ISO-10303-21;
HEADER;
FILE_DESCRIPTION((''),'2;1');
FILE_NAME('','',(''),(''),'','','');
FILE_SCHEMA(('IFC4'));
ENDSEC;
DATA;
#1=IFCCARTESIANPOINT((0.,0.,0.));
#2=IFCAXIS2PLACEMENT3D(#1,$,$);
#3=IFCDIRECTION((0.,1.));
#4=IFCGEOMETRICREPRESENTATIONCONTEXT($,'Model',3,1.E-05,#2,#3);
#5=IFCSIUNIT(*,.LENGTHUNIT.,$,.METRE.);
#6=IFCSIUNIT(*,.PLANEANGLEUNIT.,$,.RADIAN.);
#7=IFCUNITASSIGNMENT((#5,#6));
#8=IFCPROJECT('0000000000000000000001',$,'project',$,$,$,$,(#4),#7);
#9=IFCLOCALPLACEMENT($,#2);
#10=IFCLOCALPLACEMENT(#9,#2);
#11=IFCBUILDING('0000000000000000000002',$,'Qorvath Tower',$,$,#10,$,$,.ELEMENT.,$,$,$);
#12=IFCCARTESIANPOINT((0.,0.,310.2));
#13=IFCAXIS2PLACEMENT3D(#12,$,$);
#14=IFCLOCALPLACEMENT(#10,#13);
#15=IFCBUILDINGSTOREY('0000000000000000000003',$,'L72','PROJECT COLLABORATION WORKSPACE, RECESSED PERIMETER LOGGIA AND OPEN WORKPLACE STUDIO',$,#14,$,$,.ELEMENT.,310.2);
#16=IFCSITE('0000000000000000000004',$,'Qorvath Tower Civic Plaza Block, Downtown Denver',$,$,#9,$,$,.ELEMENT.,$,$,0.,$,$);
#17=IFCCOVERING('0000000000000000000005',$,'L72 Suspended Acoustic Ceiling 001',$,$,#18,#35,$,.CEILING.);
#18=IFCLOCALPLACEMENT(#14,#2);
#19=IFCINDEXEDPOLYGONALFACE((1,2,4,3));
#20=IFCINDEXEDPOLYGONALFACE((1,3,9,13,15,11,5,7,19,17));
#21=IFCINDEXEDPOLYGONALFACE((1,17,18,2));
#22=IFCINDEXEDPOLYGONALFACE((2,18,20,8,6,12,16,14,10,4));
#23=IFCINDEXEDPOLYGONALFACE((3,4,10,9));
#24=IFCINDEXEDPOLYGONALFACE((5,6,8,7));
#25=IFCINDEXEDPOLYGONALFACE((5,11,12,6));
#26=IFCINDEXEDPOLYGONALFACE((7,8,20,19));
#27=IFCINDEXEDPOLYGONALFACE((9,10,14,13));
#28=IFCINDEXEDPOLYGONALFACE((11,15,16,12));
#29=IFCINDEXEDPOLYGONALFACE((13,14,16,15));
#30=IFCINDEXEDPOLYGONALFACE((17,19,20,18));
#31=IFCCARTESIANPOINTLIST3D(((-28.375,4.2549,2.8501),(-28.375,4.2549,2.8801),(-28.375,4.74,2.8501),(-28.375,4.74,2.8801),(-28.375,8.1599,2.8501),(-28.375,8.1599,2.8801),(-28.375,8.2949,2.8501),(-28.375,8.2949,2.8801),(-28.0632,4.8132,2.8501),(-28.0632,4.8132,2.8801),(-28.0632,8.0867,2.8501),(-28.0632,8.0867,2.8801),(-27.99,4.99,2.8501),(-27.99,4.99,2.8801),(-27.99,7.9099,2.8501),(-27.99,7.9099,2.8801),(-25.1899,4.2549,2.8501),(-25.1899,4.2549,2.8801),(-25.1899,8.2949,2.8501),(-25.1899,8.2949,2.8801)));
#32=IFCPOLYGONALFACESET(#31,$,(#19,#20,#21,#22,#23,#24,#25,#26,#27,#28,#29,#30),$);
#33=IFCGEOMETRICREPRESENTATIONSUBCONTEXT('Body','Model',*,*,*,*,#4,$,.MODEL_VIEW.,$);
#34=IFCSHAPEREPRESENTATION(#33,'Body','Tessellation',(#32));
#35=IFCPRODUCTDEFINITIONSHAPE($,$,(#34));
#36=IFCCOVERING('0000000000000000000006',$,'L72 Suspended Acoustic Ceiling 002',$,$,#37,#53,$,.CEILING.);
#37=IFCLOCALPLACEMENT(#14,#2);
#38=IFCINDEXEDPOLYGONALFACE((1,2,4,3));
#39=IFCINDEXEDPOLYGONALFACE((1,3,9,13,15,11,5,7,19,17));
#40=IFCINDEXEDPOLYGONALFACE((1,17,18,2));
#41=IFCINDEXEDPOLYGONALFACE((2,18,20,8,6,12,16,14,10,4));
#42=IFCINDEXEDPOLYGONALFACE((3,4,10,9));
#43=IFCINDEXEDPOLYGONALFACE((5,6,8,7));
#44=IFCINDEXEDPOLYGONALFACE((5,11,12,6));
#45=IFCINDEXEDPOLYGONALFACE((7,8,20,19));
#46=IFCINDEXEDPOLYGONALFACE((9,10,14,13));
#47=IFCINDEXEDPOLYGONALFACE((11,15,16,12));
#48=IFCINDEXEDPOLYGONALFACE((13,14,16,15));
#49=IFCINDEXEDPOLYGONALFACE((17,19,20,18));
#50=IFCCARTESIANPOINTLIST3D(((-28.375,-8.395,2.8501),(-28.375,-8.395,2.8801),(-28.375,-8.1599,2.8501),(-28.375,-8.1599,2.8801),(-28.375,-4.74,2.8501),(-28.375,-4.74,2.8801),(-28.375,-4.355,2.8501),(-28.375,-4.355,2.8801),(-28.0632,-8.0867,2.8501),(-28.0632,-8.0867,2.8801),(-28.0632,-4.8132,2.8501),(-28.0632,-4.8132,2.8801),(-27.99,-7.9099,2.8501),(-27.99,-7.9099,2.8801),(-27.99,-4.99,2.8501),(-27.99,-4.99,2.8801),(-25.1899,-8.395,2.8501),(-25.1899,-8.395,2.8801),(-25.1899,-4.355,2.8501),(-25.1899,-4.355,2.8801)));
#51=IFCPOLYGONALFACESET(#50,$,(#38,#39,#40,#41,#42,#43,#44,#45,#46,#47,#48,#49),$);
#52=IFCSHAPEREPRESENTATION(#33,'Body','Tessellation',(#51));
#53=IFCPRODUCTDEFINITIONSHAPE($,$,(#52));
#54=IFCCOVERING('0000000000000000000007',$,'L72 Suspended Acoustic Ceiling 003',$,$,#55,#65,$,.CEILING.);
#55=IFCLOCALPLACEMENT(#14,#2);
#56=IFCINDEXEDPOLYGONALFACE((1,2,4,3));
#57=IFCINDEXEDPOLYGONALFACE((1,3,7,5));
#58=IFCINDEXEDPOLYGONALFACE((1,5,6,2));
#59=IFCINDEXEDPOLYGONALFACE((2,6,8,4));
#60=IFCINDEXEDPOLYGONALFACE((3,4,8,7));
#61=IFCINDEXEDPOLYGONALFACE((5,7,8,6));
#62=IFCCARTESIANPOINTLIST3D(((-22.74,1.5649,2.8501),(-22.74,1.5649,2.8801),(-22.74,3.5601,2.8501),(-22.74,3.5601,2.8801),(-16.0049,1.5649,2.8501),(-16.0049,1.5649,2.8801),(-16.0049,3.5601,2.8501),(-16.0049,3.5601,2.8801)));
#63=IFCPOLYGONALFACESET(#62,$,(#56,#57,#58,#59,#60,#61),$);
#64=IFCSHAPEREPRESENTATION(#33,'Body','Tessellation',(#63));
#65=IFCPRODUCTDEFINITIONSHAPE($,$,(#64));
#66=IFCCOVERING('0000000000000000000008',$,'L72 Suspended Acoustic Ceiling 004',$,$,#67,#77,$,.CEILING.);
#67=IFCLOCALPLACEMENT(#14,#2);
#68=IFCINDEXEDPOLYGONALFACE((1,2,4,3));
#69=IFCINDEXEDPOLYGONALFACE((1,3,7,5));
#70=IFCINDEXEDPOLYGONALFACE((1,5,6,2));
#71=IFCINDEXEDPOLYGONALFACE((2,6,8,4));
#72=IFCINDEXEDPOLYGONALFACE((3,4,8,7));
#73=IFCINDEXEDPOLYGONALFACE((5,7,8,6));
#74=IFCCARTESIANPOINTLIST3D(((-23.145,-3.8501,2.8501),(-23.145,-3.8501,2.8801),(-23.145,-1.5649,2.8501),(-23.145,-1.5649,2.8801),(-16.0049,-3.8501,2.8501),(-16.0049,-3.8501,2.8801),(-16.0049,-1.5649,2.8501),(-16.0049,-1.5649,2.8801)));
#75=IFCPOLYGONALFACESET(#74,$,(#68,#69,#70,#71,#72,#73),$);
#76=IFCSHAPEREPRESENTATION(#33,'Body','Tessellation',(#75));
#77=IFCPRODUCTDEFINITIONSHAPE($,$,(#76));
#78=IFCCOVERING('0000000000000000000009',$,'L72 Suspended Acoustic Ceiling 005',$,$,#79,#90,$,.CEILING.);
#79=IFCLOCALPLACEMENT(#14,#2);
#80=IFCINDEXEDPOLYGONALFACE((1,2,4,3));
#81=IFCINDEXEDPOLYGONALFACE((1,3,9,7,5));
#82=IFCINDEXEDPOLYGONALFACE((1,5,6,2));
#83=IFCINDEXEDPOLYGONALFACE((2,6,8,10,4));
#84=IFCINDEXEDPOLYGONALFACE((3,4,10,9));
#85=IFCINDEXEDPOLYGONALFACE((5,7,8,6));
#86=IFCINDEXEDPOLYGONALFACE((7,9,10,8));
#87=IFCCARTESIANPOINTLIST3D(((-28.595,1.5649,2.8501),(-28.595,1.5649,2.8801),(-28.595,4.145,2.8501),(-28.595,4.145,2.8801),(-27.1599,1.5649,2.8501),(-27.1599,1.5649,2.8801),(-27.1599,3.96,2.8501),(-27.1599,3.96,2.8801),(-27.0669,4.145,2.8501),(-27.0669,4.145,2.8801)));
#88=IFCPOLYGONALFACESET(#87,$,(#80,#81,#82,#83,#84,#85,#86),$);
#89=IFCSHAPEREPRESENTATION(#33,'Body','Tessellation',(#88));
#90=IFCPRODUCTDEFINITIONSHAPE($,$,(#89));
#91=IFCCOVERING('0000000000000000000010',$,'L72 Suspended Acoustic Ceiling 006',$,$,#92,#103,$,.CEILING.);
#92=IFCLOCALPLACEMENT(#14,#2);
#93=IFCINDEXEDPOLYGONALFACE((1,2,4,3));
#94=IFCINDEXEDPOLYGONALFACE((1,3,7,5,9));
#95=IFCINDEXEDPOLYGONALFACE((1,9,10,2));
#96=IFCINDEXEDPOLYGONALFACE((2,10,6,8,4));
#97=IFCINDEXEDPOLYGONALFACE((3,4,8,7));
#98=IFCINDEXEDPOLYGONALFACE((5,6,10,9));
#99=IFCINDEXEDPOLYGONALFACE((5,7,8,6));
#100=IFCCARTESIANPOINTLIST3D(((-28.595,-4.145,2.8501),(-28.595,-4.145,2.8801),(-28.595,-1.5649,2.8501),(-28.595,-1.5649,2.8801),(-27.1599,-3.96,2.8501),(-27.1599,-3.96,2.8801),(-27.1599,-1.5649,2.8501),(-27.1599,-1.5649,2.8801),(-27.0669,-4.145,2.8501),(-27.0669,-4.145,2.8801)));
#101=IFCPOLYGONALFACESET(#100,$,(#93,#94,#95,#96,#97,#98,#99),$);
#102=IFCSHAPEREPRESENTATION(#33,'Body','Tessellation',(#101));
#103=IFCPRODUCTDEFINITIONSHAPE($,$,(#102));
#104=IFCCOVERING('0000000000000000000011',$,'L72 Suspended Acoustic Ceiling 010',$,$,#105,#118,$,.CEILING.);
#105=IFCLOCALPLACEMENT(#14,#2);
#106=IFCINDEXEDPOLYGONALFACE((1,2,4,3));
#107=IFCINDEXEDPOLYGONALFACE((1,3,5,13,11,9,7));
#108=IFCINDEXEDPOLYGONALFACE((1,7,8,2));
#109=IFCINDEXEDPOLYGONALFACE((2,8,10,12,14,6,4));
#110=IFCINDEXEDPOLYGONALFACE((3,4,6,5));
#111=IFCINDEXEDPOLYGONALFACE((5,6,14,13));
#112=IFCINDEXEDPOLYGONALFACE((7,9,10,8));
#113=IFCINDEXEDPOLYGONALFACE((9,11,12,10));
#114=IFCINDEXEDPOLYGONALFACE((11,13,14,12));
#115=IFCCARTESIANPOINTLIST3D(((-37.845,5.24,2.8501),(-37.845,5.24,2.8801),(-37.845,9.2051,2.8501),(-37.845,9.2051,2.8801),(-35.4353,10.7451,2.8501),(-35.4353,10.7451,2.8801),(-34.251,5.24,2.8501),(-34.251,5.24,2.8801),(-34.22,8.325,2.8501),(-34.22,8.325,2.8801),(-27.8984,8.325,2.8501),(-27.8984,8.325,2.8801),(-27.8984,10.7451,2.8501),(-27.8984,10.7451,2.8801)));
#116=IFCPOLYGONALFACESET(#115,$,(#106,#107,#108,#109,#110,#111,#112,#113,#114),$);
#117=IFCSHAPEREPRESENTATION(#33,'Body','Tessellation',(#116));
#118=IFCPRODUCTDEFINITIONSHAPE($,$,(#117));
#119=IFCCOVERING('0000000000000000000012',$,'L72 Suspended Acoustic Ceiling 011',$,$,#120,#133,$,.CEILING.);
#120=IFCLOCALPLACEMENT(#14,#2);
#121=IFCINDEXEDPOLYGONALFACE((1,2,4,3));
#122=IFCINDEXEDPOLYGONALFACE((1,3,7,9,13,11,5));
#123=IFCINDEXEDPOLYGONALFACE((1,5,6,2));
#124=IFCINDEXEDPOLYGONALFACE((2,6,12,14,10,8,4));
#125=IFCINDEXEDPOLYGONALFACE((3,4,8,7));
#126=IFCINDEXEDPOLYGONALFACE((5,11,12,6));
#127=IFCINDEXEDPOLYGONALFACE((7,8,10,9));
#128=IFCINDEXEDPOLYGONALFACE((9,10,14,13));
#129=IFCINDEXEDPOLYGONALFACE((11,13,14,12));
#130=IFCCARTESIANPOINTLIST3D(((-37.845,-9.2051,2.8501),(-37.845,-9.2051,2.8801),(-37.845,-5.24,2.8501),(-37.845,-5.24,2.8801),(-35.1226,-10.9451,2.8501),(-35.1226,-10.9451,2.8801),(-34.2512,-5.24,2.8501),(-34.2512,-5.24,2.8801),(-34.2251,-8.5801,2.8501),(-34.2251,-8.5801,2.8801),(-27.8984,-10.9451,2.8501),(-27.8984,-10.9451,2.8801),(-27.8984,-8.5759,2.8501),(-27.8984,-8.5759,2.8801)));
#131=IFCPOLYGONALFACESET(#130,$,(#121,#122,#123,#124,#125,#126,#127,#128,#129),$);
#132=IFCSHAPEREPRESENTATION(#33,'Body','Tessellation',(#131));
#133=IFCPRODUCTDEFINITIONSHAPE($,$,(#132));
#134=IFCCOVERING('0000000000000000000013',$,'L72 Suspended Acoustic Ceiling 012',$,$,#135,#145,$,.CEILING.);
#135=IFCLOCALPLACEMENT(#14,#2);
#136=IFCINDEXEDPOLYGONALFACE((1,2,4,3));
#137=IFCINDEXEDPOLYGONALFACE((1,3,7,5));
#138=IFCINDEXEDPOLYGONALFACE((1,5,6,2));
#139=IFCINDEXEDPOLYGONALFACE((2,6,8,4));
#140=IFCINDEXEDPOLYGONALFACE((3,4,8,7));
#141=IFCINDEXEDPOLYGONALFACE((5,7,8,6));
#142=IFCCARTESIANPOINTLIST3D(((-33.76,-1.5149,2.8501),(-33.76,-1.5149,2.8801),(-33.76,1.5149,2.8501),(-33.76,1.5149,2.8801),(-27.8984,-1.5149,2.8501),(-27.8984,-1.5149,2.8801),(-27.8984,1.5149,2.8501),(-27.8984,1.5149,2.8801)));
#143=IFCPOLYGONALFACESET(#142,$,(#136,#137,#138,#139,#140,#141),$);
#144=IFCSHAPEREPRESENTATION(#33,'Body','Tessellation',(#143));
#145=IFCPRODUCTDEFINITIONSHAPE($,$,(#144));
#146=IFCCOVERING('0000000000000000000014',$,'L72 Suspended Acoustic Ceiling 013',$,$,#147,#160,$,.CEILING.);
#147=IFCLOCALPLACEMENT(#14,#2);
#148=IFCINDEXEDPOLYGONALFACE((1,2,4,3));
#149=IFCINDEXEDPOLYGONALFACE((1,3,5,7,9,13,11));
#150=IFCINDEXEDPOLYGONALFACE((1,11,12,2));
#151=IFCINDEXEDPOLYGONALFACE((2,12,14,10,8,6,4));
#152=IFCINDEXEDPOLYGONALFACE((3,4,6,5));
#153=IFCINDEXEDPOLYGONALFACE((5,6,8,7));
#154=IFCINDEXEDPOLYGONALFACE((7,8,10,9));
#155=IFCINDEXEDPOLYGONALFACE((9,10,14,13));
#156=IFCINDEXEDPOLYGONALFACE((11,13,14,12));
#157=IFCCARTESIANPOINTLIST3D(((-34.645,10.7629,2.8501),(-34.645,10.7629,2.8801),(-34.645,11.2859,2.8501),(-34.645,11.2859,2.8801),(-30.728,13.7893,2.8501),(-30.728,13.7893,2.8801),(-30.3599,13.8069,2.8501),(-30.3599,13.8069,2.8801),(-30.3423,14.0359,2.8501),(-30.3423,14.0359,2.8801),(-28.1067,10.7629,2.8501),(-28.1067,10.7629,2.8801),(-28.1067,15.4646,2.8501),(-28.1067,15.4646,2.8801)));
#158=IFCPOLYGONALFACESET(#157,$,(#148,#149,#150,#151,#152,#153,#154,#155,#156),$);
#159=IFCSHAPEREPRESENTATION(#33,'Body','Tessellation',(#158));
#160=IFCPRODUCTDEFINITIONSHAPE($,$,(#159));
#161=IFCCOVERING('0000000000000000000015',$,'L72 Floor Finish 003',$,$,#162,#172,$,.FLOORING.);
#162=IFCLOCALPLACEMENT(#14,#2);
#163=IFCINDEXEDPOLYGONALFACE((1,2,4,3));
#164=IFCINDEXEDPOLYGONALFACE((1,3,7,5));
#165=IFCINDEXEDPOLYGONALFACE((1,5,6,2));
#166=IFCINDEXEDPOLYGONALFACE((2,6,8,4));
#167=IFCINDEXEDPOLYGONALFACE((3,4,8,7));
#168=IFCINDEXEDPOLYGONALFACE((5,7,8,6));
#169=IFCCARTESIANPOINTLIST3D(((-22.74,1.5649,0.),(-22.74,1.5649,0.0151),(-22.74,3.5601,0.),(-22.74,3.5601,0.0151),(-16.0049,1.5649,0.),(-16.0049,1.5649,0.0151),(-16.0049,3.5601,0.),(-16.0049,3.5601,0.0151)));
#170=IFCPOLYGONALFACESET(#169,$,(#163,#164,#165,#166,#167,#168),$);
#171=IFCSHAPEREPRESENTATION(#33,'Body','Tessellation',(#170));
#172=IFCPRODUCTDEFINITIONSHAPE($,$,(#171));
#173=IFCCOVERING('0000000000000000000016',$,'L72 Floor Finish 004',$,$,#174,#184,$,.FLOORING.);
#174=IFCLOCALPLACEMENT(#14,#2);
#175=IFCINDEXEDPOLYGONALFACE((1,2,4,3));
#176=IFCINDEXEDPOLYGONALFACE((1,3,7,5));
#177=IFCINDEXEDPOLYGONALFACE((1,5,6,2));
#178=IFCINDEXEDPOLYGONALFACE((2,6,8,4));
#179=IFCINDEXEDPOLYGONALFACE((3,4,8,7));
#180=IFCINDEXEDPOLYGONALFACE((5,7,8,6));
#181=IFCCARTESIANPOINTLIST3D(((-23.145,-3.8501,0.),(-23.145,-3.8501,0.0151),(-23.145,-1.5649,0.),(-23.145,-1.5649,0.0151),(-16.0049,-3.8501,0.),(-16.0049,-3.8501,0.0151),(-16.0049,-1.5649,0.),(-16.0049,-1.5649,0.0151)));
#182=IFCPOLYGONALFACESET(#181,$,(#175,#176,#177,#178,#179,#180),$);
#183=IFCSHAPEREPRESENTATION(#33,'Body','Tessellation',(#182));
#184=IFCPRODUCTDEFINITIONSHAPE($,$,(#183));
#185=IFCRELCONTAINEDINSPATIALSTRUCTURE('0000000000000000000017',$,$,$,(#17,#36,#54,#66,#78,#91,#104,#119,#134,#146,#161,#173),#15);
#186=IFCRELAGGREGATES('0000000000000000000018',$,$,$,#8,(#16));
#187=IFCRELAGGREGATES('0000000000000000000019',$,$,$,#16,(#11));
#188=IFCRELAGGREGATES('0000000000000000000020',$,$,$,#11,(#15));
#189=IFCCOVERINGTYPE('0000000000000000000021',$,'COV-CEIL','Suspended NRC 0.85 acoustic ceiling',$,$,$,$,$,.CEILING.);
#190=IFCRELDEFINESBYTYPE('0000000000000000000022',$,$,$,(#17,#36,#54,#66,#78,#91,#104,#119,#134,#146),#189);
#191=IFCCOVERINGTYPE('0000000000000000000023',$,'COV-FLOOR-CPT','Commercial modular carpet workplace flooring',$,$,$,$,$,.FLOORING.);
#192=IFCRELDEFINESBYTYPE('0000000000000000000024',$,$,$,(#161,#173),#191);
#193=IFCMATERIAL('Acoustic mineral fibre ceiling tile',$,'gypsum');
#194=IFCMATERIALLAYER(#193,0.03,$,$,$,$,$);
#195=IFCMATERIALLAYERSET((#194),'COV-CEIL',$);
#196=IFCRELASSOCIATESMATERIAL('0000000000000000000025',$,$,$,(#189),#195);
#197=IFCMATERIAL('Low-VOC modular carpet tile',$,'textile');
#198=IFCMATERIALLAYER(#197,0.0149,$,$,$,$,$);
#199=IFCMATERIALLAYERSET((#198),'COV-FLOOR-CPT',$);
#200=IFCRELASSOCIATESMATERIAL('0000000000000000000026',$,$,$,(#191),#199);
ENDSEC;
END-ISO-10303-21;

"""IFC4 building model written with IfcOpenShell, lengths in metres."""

from ifc_helpers import new_model, si_unit, direction, frame, origin, place, context, subcontext, project, spatial, polyline, outline, extrude, material, layer, layer_set, type_object, element, save


model = new_model("IFC4")

# Units and contexts
model_context = context("Model", 3, precision=1e-05, world=origin(), true_north=direction((0.0, 1.0)))
body_context = subcontext(model_context, "Body", "Model", "MODEL_VIEW")
ifc_project = project(units=[si_unit("LENGTHUNIT", "METRE"), si_unit("PLANEANGLEUNIT", "RADIAN")], contexts=[model_context])

# Site, building, storey
site_placement = place(None, origin())
site = spatial("IfcSite", under=ifc_project, at=site_placement, Name="Qorvath Tower Civic Plaza Block, Downtown Denver", CompositionType="ELEMENT", RefElevation=0.0)
building_placement = place(site_placement, origin())
building = spatial("IfcBuilding", under=site, at=building_placement, Name="Qorvath Tower", CompositionType="ELEMENT")
storey_placement = place(building_placement, frame((0.0, 0.0, 310.2)))
storey = spatial("IfcBuildingStorey", under=building, at=storey_placement, Name="L72", Description="PROJECT COLLABORATION WORKSPACE, RECESSED PERIMETER LOGGIA AND OPEN WORKPLACE STUDIO", CompositionType="ELEMENT", Elevation=310.2)

# Coverings
ifc_material_1 = material(Name="Acoustic mineral fibre ceiling tile", Category="gypsum")
ifc_layer_1 = layer(ifc_material_1, 0.03)
ifc_layer_set_1 = layer_set([ifc_layer_1], Name="COV-CEIL")
covering_type_1 = type_object("IfcCoveringType", Name="COV-CEIL", Description="Suspended NRC 0.85 acoustic ceiling", PredefinedType="CEILING", material=ifc_layer_set_1)
covering_1_placement = place(storey_placement, frame((0.0, 0.0, 2.8501)))
element("IfcCovering", 1, at=covering_1_placement, inside=storey, type_object=covering_type_1, Name="L72 Suspended Acoustic Ceiling 001", PredefinedType="CEILING", context=body_context, shape_type="SweptSolid", body=[
    extrude(outline(polyline([(-25.1899, 4.2549), (-25.1899, 8.2949), (-28.375, 8.2949), (-28.375, 8.1599), (-28.0632, 8.0867), (-27.99, 7.9099), (-27.99, 4.99), (-28.0632, 4.8132), (-28.375, 4.74), (-28.375, 4.2549), (-25.1899, 4.2549)])), origin(), (0.0, 0.0, 1.0), 0.03),
])
covering_2_placement = place(storey_placement, frame((0.0, 0.0, 2.8501)))
element("IfcCovering", 2, at=covering_2_placement, inside=storey, type_object=covering_type_1, Name="L72 Suspended Acoustic Ceiling 002", PredefinedType="CEILING", context=body_context, shape_type="SweptSolid", body=[
    extrude(outline(polyline([(-25.1899, -8.395), (-25.1899, -4.355), (-28.375, -4.355), (-28.375, -4.74), (-28.0632, -4.8132), (-27.99, -4.99), (-27.99, -7.9099), (-28.0632, -8.0867), (-28.375, -8.1599), (-28.375, -8.395), (-25.1899, -8.395)])), origin(), (0.0, 0.0, 1.0), 0.03),
])
covering_3_placement = place(storey_placement, frame((0.0, 0.0, 2.8501)))
element("IfcCovering", 3, at=covering_3_placement, inside=storey, type_object=covering_type_1, Name="L72 Suspended Acoustic Ceiling 003", PredefinedType="CEILING", context=body_context, shape_type="SweptSolid", body=[
    extrude(outline(polyline([(-16.0049, 3.5601), (-22.74, 3.5601), (-22.74, 1.5649), (-16.0049, 1.5649), (-16.0049, 3.5601)])), origin(), (0.0, 0.0, 1.0), 0.03),
])
covering_4_placement = place(storey_placement, frame((0.0, 0.0, 2.8501)))
element("IfcCovering", 4, at=covering_4_placement, inside=storey, type_object=covering_type_1, Name="L72 Suspended Acoustic Ceiling 004", PredefinedType="CEILING", context=body_context, shape_type="SweptSolid", body=[
    extrude(outline(polyline([(-23.145, -3.8501), (-16.0049, -3.8501), (-16.0049, -1.5649), (-23.145, -1.5649), (-23.145, -3.8501)])), origin(), (0.0, 0.0, 1.0), 0.03),
])
covering_5_placement = place(storey_placement, frame((0.0, 0.0, 2.8501)))
element("IfcCovering", 5, at=covering_5_placement, inside=storey, type_object=covering_type_1, Name="L72 Suspended Acoustic Ceiling 005", PredefinedType="CEILING", context=body_context, shape_type="SweptSolid", body=[
    extrude(outline(polyline([(-27.1599, 1.5649), (-27.1599, 3.96), (-27.0669, 4.145), (-28.595, 4.145), (-28.595, 1.5649), (-27.1599, 1.5649)])), origin(), (0.0, 0.0, 1.0), 0.03),
])
covering_6_placement = place(storey_placement, frame((0.0, 0.0, 2.8501)))
element("IfcCovering", 6, at=covering_6_placement, inside=storey, type_object=covering_type_1, Name="L72 Suspended Acoustic Ceiling 006", PredefinedType="CEILING", context=body_context, shape_type="SweptSolid", body=[
    extrude(outline(polyline([(-27.0669, -4.145), (-27.1599, -3.96), (-27.1599, -1.5649), (-28.595, -1.5649), (-28.595, -4.145), (-27.0669, -4.145)])), origin(), (0.0, 0.0, 1.0), 0.03),
])
covering_7_placement = place(storey_placement, frame((0.0, 0.0, 2.8501)))
element("IfcCovering", 7, at=covering_7_placement, inside=storey, type_object=covering_type_1, Name="L72 Suspended Acoustic Ceiling 010", PredefinedType="CEILING", context=body_context, shape_type="SweptSolid", body=[
    extrude(outline(polyline([(-27.8984, 8.325), (-27.8984, 10.7451), (-35.4353, 10.7451), (-37.845, 9.2051), (-37.845, 5.24), (-34.251, 5.24), (-34.22, 8.325), (-27.8984, 8.325)])), origin(), (0.0, 0.0, 1.0), 0.03),
])
covering_8_placement = place(storey_placement, frame((0.0, 0.0, 2.8501)))
element("IfcCovering", 8, at=covering_8_placement, inside=storey, type_object=covering_type_1, Name="L72 Suspended Acoustic Ceiling 011", PredefinedType="CEILING", context=body_context, shape_type="SweptSolid", body=[
    extrude(outline(polyline([(-34.2251, -8.5801), (-34.2512, -5.24), (-37.845, -5.24), (-37.845, -9.2051), (-35.1226, -10.9451), (-27.8984, -10.9451), (-27.8984, -8.5759), (-34.2251, -8.5801)])), origin(), (0.0, 0.0, 1.0), 0.03),
])
covering_9_placement = place(storey_placement, frame((0.0, 0.0, 2.8501)))
element("IfcCovering", 9, at=covering_9_placement, inside=storey, type_object=covering_type_1, Name="L72 Suspended Acoustic Ceiling 012", PredefinedType="CEILING", context=body_context, shape_type="SweptSolid", body=[
    extrude(outline(polyline([(-27.8984, -1.5149), (-27.8984, 1.5149), (-33.76, 1.5149), (-33.76, -1.5149), (-27.8984, -1.5149)])), origin(), (0.0, 0.0, 1.0), 0.03),
])
covering_10_placement = place(storey_placement, frame((0.0, 0.0, 2.8501)))
element("IfcCovering", 10, at=covering_10_placement, inside=storey, type_object=covering_type_1, Name="L72 Suspended Acoustic Ceiling 013", PredefinedType="CEILING", context=body_context, shape_type="SweptSolid", body=[
    extrude(outline(polyline([(-28.1067, 15.4646), (-30.3423, 14.0359), (-30.3599, 13.8069), (-30.728, 13.7893), (-34.645, 11.2859), (-34.645, 10.7629), (-28.1067, 10.7629), (-28.1067, 15.4646)])), origin(), (0.0, 0.0, 1.0), 0.03),
])
ifc_material_2 = material(Name="Low-VOC modular carpet tile", Category="textile")
ifc_layer_2 = layer(ifc_material_2, 0.0149)
ifc_layer_set_2 = layer_set([ifc_layer_2], Name="COV-FLOOR-CPT")
covering_type_2 = type_object("IfcCoveringType", Name="COV-FLOOR-CPT", Description="Commercial modular carpet workplace flooring", PredefinedType="FLOORING", material=ifc_layer_set_2)
covering_11_placement = place(storey_placement, origin())
element("IfcCovering", 11, at=covering_11_placement, inside=storey, type_object=covering_type_2, Name="L72 Floor Finish 003", PredefinedType="FLOORING", context=body_context, shape_type="SweptSolid", body=[
    extrude(outline(polyline([(-16.0049, 3.5601), (-22.74, 3.5601), (-22.74, 1.5649), (-16.0049, 1.5649), (-16.0049, 3.5601)])), origin(), (0.0, 0.0, 1.0), 0.0151),
])
covering_12_placement = place(storey_placement, origin())
element("IfcCovering", 12, at=covering_12_placement, inside=storey, type_object=covering_type_2, Name="L72 Floor Finish 004", PredefinedType="FLOORING", context=body_context, shape_type="SweptSolid", body=[
    extrude(outline(polyline([(-23.145, -3.8501), (-16.0049, -3.8501), (-16.0049, -1.5649), (-23.145, -1.5649), (-23.145, -3.8501)])), origin(), (0.0, 0.0, 1.0), 0.0151),
])

save(model, "model.ifc")
